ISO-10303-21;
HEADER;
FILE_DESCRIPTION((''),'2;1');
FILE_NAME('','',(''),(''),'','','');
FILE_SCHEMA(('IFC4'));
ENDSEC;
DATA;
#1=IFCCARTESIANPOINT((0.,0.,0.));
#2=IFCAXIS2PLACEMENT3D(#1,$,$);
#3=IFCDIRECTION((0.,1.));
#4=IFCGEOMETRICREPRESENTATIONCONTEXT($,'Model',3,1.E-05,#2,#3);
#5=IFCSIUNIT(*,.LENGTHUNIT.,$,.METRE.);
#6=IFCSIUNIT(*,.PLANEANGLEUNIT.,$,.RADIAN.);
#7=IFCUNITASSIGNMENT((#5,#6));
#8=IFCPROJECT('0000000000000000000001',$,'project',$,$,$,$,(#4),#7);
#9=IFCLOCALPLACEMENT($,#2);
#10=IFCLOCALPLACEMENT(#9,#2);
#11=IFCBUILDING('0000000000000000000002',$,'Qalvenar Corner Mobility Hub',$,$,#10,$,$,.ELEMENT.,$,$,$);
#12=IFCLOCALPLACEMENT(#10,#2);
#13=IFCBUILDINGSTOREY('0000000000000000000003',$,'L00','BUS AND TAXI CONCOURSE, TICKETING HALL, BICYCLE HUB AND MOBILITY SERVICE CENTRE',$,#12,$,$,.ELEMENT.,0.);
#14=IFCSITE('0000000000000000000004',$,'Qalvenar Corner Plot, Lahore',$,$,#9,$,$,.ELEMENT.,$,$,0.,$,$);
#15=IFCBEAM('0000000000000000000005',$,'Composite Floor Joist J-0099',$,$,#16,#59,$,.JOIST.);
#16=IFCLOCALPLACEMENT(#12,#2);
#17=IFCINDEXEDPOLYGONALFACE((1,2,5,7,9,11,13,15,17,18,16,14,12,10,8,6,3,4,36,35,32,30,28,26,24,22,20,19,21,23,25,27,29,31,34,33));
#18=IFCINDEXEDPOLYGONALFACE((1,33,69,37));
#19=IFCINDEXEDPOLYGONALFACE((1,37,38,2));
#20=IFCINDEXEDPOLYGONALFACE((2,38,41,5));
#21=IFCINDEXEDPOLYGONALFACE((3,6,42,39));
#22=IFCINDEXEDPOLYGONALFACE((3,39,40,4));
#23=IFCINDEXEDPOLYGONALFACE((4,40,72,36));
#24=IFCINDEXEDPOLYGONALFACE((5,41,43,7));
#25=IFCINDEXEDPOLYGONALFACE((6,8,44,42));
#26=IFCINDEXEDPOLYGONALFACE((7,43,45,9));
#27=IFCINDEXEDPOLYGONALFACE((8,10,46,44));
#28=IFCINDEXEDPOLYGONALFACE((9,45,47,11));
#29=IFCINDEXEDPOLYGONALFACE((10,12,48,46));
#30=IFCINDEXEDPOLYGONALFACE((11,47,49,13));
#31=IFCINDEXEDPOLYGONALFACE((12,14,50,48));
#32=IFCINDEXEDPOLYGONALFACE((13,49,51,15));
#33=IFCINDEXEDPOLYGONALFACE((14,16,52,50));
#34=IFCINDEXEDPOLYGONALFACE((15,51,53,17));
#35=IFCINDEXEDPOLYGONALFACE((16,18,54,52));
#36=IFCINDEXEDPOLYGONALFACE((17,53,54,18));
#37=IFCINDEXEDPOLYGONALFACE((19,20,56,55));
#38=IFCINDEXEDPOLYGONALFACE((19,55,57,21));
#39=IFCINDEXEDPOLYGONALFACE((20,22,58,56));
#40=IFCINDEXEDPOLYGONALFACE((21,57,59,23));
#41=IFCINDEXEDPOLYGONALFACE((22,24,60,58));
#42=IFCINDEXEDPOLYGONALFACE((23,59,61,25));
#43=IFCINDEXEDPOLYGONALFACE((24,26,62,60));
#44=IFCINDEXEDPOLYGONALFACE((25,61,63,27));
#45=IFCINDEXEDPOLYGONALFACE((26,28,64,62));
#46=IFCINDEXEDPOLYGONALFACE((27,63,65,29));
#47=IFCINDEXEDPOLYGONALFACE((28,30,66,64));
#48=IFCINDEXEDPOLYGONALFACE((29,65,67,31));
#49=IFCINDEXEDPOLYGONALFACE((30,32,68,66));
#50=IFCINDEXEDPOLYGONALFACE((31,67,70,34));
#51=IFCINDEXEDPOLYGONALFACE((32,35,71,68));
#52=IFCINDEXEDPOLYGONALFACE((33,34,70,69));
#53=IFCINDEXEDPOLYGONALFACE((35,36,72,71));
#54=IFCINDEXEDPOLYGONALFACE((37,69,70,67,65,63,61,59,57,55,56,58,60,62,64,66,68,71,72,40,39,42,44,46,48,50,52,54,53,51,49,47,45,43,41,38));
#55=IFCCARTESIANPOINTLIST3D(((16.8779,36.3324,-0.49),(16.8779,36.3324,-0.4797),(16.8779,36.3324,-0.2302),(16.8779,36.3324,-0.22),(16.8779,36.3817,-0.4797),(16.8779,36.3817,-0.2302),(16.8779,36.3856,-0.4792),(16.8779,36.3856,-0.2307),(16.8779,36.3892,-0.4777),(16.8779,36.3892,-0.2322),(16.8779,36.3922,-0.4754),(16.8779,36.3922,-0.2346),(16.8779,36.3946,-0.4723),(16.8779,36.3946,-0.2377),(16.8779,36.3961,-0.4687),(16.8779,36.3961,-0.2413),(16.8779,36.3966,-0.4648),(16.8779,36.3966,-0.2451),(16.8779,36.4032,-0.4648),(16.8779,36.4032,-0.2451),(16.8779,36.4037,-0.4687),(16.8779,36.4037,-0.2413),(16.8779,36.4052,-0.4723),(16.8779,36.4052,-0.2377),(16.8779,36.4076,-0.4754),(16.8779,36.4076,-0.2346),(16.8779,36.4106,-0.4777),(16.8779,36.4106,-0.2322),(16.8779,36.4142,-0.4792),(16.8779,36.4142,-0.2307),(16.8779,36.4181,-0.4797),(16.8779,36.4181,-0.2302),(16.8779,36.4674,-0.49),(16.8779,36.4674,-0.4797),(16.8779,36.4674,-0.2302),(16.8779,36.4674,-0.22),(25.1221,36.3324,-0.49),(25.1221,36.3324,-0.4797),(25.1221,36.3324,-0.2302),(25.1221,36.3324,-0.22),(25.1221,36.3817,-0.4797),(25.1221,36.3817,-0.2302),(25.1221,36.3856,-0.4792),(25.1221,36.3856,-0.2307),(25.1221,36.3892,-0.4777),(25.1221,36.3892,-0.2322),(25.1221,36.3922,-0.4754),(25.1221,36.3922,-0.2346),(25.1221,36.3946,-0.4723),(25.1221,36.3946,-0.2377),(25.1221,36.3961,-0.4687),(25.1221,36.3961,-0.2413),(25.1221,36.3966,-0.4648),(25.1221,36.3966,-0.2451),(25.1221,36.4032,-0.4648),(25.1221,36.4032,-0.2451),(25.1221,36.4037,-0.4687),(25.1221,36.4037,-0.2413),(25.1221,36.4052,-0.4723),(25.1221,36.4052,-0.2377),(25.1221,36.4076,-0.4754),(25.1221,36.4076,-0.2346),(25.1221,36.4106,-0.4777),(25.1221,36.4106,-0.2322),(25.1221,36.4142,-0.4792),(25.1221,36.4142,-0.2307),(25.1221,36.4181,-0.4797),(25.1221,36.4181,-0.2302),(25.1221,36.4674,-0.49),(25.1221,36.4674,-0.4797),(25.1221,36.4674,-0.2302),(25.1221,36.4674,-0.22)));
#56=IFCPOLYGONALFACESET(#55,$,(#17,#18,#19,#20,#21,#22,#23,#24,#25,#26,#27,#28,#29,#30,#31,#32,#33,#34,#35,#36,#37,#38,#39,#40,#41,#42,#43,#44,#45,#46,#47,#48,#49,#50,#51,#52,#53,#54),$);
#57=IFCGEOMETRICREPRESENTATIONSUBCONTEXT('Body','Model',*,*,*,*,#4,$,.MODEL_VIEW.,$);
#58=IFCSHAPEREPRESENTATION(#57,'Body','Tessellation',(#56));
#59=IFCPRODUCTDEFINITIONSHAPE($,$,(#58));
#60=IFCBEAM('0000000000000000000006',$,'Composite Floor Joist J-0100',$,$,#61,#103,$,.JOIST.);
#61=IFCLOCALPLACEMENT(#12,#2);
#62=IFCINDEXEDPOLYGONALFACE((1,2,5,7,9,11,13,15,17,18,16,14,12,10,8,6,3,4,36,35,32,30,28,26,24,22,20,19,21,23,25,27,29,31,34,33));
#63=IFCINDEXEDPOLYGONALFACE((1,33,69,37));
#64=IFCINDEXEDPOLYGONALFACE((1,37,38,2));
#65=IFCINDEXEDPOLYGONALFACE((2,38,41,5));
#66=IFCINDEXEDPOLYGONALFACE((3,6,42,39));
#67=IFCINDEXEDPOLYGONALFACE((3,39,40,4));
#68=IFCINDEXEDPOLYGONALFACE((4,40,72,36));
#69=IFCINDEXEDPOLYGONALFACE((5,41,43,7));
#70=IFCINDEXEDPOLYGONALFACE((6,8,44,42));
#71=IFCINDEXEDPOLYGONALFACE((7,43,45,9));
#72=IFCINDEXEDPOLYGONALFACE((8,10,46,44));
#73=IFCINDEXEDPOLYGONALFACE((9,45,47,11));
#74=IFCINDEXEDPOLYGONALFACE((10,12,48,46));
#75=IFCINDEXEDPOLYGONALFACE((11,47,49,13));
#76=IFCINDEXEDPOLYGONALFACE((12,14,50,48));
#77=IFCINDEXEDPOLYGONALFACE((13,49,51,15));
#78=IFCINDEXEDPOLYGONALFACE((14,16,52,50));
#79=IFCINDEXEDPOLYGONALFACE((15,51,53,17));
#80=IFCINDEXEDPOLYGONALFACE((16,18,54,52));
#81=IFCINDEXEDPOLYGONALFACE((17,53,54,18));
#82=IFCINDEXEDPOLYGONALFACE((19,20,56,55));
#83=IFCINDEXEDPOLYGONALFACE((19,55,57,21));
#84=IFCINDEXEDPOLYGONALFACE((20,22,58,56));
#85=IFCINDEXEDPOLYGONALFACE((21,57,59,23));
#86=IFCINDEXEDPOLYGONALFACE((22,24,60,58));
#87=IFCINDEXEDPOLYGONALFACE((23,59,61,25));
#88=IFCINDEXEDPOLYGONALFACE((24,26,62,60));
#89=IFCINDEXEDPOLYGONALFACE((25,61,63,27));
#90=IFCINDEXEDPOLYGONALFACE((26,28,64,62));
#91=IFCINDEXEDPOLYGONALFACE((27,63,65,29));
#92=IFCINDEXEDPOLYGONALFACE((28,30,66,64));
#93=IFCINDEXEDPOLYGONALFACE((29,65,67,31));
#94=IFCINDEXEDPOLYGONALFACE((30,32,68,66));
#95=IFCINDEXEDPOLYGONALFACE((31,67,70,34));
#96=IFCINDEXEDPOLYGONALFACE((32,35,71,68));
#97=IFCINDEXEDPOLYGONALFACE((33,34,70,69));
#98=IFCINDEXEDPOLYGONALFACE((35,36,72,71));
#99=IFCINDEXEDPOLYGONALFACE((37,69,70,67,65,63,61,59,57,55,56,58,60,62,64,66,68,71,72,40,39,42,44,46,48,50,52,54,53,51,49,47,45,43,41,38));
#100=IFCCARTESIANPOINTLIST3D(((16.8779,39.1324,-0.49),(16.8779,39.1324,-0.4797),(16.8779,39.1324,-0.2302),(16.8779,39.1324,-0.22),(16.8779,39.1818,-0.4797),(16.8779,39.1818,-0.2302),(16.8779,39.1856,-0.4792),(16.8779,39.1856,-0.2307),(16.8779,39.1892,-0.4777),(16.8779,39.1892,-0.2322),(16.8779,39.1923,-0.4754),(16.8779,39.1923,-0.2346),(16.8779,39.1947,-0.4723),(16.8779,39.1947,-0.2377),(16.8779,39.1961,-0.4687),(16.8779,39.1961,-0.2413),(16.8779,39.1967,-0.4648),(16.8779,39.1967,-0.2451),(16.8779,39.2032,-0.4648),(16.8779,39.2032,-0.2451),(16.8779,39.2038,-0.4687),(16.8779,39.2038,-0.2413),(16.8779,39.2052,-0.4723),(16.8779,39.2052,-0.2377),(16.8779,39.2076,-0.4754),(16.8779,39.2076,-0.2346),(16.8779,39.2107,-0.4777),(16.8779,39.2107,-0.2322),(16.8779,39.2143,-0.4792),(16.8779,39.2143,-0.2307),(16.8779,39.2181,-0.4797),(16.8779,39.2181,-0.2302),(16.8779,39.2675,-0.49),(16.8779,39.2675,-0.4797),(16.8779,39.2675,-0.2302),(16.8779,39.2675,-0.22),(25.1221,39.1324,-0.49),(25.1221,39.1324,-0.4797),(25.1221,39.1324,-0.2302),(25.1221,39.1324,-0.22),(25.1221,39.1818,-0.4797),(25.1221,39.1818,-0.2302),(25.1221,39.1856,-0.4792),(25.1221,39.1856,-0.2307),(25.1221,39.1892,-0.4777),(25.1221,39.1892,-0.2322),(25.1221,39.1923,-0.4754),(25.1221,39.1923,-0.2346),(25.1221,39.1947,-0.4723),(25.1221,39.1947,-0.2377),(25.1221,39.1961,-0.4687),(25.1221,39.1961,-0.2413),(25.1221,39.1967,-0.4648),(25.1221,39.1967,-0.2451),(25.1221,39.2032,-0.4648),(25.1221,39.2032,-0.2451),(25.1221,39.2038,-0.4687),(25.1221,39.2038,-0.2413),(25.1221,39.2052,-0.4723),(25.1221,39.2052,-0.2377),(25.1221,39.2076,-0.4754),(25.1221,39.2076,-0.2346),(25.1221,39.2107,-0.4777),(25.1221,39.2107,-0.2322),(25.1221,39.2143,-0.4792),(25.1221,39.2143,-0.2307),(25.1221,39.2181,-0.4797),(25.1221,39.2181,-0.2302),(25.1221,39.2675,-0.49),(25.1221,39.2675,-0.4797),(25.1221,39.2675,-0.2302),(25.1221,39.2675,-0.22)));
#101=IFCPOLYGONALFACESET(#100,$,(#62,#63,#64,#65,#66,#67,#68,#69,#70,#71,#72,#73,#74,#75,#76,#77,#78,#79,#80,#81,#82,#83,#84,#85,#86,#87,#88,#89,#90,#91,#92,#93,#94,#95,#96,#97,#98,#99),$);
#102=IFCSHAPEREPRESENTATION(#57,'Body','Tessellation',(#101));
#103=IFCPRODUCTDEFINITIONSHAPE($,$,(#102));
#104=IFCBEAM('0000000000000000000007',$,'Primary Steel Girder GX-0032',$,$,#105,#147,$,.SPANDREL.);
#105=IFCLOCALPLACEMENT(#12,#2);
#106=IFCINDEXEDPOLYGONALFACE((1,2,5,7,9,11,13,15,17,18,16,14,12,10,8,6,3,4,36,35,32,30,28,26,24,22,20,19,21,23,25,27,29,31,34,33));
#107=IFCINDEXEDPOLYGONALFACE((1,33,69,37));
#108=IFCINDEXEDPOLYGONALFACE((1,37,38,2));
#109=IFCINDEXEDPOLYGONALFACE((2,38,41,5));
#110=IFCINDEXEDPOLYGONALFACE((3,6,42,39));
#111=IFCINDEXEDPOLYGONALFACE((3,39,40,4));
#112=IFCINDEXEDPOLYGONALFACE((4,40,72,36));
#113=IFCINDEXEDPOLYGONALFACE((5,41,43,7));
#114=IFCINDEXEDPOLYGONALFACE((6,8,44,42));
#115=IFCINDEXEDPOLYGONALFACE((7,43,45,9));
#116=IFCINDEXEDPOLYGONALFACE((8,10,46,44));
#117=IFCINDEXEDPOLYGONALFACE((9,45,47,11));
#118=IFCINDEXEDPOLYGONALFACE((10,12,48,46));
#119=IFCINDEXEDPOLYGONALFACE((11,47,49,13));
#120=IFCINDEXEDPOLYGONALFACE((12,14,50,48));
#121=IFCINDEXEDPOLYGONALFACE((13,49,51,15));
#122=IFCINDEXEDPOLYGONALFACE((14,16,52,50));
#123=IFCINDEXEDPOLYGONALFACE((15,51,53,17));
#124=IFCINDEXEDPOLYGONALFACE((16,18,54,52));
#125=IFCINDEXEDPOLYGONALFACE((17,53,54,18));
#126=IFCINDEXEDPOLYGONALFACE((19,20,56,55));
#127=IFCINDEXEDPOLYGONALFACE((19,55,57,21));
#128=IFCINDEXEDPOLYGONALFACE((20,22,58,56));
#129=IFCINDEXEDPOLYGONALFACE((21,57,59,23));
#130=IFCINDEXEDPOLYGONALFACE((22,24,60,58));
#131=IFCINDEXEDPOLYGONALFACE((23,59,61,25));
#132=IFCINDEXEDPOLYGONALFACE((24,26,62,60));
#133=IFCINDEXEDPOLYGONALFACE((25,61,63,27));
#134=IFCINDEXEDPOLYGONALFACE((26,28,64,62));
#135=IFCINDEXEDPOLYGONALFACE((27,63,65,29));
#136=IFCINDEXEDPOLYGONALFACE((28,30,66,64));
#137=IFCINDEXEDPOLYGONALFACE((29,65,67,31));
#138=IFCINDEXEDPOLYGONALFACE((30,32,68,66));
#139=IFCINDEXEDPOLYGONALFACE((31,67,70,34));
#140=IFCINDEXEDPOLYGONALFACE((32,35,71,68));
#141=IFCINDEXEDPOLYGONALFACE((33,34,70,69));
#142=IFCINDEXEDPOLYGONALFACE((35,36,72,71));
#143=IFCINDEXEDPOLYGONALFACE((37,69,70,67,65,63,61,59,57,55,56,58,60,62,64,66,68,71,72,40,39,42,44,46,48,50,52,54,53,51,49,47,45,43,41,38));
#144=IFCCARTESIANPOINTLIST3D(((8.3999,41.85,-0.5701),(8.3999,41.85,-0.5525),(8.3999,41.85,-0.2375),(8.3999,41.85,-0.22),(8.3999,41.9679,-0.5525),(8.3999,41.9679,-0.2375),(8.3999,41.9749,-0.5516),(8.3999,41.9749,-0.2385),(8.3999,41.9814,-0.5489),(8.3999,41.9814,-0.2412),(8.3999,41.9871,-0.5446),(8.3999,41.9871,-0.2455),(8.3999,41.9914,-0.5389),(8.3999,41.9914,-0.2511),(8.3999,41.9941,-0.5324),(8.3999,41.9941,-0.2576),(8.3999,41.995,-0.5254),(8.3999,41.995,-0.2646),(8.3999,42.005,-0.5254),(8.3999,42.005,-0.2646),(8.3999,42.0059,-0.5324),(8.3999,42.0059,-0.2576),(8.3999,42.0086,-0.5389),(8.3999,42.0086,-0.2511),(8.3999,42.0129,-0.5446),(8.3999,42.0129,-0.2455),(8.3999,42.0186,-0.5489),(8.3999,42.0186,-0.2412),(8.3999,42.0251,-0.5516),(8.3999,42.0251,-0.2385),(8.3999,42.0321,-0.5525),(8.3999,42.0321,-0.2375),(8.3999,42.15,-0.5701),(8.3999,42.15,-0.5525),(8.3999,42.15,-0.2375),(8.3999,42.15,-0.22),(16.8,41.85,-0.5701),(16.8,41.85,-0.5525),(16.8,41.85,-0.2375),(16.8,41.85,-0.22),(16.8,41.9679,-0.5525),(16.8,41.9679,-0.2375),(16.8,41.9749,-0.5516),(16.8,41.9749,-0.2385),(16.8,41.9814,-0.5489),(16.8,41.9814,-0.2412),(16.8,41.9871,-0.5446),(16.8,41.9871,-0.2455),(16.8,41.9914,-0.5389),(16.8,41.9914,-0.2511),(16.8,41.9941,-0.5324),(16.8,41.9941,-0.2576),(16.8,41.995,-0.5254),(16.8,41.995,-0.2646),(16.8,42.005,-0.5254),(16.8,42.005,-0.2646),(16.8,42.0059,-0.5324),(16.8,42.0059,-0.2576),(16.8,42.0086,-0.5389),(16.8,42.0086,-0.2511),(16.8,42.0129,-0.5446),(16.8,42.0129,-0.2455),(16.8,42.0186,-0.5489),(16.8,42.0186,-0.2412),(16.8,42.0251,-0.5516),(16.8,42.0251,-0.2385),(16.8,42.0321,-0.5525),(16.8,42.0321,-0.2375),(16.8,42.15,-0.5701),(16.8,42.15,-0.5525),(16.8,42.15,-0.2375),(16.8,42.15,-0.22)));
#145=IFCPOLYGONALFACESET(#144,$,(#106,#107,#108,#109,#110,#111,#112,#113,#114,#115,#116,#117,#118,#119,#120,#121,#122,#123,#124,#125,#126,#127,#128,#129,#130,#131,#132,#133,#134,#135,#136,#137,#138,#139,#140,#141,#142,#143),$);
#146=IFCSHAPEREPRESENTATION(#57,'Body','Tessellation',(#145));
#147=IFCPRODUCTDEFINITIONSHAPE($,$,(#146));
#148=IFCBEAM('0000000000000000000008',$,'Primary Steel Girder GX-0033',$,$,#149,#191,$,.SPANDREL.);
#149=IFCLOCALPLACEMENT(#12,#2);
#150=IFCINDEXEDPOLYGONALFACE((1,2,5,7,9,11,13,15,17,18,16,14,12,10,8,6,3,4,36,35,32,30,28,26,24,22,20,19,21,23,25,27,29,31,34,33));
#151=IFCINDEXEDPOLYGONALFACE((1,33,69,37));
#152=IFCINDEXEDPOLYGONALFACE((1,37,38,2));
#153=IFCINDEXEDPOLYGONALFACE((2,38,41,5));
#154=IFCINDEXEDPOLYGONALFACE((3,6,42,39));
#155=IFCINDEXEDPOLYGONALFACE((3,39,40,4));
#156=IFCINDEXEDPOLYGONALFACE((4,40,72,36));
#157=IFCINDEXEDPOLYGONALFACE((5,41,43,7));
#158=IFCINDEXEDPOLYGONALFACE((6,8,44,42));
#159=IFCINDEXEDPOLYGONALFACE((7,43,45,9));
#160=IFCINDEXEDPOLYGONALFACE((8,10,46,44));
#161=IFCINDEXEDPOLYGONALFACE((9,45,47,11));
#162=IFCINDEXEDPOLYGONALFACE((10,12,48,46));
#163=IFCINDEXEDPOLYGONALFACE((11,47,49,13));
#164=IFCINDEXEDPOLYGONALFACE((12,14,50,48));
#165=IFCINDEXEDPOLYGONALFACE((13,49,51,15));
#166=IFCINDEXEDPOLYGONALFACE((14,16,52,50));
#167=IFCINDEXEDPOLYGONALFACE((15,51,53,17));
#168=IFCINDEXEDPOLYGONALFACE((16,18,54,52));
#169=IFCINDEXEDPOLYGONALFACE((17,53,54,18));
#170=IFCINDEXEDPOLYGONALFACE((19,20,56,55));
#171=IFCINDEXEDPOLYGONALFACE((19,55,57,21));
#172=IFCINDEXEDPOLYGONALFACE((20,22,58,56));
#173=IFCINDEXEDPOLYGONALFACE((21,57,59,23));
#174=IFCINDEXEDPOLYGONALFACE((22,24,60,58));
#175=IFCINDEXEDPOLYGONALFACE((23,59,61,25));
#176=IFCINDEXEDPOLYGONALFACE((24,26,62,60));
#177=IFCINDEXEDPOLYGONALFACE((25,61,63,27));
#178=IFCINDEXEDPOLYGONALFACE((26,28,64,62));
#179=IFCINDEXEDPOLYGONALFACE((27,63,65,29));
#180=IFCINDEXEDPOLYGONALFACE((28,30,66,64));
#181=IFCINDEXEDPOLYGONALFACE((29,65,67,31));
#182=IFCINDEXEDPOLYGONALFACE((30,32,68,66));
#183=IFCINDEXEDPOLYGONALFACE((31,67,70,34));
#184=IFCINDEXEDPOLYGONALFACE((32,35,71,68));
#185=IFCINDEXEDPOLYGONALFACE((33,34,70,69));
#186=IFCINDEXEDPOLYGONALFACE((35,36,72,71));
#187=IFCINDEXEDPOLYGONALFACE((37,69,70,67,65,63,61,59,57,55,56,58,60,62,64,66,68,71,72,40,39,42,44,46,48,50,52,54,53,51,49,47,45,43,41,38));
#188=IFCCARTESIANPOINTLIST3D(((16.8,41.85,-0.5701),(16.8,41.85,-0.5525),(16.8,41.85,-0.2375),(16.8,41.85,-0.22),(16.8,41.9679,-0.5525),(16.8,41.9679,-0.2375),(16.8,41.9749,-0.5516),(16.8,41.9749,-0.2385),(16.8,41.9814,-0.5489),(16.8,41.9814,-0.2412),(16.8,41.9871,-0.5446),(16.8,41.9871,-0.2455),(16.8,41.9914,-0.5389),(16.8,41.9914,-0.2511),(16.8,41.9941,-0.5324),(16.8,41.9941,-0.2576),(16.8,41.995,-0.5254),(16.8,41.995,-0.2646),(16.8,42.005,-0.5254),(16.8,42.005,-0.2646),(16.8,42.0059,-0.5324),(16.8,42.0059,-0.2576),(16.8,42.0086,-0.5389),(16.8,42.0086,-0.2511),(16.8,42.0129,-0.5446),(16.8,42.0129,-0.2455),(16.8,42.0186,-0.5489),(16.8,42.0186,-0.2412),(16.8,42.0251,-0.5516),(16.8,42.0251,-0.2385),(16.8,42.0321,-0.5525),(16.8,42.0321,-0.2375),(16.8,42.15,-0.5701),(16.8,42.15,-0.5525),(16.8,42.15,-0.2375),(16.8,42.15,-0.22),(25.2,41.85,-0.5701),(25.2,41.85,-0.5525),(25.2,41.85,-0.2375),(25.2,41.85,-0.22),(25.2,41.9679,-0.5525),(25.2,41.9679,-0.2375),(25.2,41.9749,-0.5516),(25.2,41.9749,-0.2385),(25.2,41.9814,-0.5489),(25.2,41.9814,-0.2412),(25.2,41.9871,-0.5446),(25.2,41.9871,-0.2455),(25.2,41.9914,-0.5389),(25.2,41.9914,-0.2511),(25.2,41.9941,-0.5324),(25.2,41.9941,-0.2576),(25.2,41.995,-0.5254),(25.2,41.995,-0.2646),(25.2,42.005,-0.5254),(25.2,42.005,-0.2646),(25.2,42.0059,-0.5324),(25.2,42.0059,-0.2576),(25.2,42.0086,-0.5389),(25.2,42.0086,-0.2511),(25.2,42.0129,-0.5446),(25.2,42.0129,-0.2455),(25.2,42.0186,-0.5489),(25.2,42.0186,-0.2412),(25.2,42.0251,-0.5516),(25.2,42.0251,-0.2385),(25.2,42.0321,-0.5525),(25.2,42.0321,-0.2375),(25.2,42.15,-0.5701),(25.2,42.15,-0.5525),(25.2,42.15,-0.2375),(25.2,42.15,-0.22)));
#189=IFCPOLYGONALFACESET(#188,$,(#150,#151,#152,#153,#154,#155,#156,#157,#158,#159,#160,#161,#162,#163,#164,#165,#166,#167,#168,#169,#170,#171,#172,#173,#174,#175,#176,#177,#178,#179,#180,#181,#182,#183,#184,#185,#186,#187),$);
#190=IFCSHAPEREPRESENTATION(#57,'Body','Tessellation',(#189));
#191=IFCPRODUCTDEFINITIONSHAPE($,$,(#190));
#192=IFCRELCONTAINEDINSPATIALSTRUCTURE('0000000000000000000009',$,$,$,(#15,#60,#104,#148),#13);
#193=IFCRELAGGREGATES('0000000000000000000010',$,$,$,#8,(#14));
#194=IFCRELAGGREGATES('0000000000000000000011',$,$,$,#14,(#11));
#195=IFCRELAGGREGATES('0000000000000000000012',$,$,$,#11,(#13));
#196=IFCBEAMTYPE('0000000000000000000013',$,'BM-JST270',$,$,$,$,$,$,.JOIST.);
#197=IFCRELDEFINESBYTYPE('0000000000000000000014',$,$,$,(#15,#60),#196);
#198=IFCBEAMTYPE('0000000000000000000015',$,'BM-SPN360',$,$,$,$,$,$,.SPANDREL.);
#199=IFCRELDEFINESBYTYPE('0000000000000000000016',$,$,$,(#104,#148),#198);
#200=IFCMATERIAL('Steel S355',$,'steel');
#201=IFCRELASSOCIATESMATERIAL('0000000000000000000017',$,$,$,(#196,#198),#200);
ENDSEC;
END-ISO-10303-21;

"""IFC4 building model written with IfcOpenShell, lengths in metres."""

from ifc_helpers import new_model, si_unit, direction, frame, origin, origin_2d, place, context, subcontext, project, spatial, i_section, extrude, material, material_profile, profile_set, type_object, element, save


model = new_model("IFC4")

# Units and contexts
model_context = context("Model", 3, precision=1e-05, world=origin(), true_north=direction((0.0, 1.0)))
body_context = subcontext(model_context, "Body", "Model", "MODEL_VIEW")
ifc_project = project(units=[si_unit("LENGTHUNIT", "METRE"), si_unit("PLANEANGLEUNIT", "RADIAN")], contexts=[model_context])

# Site, building, storey
site_placement = place(None, origin())
site = spatial("IfcSite", under=ifc_project, at=site_placement, Name="Qalvenar Corner Plot, Lahore", CompositionType="ELEMENT", RefElevation=0.0)
building_placement = place(site_placement, origin())
building = spatial("IfcBuilding", under=site, at=building_placement, Name="Qalvenar Corner Mobility Hub", CompositionType="ELEMENT")
storey_placement = place(building_placement, origin())
storey = spatial("IfcBuildingStorey", under=building, at=storey_placement, Name="L00", Description="BUS AND TAXI CONCOURSE, TICKETING HALL, BICYCLE HUB AND MOBILITY SERVICE CENTRE", CompositionType="ELEMENT", Elevation=0.0)

# Shared definitions
ifc_material_1 = material(Name="Steel S355", Category="steel")

# Beams
ifc_material_profile_1 = material_profile(ifc_material_1, i_section(OverallWidth=0.135, OverallDepth=0.27, WebThickness=0.0066, FlangeThickness=0.0103, FilletRadius=0.0149, at=origin_2d()), Name="IPE270")
ifc_profile_set_1 = profile_set([ifc_material_profile_1], Name="Steel S355")
beam_type_1 = type_object("IfcBeamType", Name="BM-JST270", PredefinedType="JOIST", material=ifc_profile_set_1)
for number, where, z_axis, x_axis, name in (
    (1, (16.8779, 36.3999, -0.355), (1.0, 0.0, 0.0), (0.0, 1.0, 0.0), "Composite Floor Joist J-0099"),
    (2, (16.8779, 39.2, -0.355), (1.0, 0.0, 0.0), (0.0, 1.0, 0.0), "Composite Floor Joist J-0100"),
):
    element("IfcBeam", number, at=place(storey_placement, frame(where, z_axis=z_axis, x_axis=x_axis)), inside=storey, type_object=beam_type_1, Name=name, PredefinedType="JOIST", context=body_context, shape_type="SweptSolid", body=[
        extrude(i_section(OverallWidth=0.135, OverallDepth=0.27, WebThickness=0.0066, FlangeThickness=0.0103, FilletRadius=0.0149, at=origin_2d()), origin(), (0.0, 0.0, 1.0), 8.2441),
    ])
ifc_material_profile_2 = material_profile(ifc_material_1, i_section(OverallWidth=0.3, OverallDepth=0.3501, WebThickness=0.01, FlangeThickness=0.0176, FilletRadius=0.0271, at=origin_2d()), Name="HEA360")
ifc_profile_set_2 = profile_set([ifc_material_profile_2], Name="Steel S355")
beam_type_2 = type_object("IfcBeamType", Name="BM-SPN360", PredefinedType="SPANDREL", material=ifc_profile_set_2)
beam_1_placement = place(storey_placement, frame((8.3999, 42.0, -0.395), z_axis=(1.0, 0.0, 0.0), x_axis=(0.0, 1.0, 0.0)))
element("IfcBeam", 3, at=beam_1_placement, inside=storey, type_object=beam_type_2, Name="Primary Steel Girder GX-0032", PredefinedType="SPANDREL", context=body_context, shape_type="SweptSolid", body=[
    extrude(i_section(OverallWidth=0.3, OverallDepth=0.3501, WebThickness=0.01, FlangeThickness=0.0176, FilletRadius=0.0271, at=origin_2d()), origin(), (0.0, 0.0, 1.0), 8.4001),
])
beam_2_placement = place(storey_placement, frame((16.8, 42.0, -0.395), z_axis=(1.0, 0.0, 0.0), x_axis=(0.0, 1.0, 0.0)))
element("IfcBeam", 4, at=beam_2_placement, inside=storey, type_object=beam_type_2, Name="Primary Steel Girder GX-0033", PredefinedType="SPANDREL", context=body_context, shape_type="SweptSolid", body=[
    extrude(i_section(OverallWidth=0.3, OverallDepth=0.3501, WebThickness=0.01, FlangeThickness=0.0176, FilletRadius=0.0271, at=origin_2d()), origin(), (0.0, 0.0, 1.0), 8.3999),
])

save(model, "model.ifc")
